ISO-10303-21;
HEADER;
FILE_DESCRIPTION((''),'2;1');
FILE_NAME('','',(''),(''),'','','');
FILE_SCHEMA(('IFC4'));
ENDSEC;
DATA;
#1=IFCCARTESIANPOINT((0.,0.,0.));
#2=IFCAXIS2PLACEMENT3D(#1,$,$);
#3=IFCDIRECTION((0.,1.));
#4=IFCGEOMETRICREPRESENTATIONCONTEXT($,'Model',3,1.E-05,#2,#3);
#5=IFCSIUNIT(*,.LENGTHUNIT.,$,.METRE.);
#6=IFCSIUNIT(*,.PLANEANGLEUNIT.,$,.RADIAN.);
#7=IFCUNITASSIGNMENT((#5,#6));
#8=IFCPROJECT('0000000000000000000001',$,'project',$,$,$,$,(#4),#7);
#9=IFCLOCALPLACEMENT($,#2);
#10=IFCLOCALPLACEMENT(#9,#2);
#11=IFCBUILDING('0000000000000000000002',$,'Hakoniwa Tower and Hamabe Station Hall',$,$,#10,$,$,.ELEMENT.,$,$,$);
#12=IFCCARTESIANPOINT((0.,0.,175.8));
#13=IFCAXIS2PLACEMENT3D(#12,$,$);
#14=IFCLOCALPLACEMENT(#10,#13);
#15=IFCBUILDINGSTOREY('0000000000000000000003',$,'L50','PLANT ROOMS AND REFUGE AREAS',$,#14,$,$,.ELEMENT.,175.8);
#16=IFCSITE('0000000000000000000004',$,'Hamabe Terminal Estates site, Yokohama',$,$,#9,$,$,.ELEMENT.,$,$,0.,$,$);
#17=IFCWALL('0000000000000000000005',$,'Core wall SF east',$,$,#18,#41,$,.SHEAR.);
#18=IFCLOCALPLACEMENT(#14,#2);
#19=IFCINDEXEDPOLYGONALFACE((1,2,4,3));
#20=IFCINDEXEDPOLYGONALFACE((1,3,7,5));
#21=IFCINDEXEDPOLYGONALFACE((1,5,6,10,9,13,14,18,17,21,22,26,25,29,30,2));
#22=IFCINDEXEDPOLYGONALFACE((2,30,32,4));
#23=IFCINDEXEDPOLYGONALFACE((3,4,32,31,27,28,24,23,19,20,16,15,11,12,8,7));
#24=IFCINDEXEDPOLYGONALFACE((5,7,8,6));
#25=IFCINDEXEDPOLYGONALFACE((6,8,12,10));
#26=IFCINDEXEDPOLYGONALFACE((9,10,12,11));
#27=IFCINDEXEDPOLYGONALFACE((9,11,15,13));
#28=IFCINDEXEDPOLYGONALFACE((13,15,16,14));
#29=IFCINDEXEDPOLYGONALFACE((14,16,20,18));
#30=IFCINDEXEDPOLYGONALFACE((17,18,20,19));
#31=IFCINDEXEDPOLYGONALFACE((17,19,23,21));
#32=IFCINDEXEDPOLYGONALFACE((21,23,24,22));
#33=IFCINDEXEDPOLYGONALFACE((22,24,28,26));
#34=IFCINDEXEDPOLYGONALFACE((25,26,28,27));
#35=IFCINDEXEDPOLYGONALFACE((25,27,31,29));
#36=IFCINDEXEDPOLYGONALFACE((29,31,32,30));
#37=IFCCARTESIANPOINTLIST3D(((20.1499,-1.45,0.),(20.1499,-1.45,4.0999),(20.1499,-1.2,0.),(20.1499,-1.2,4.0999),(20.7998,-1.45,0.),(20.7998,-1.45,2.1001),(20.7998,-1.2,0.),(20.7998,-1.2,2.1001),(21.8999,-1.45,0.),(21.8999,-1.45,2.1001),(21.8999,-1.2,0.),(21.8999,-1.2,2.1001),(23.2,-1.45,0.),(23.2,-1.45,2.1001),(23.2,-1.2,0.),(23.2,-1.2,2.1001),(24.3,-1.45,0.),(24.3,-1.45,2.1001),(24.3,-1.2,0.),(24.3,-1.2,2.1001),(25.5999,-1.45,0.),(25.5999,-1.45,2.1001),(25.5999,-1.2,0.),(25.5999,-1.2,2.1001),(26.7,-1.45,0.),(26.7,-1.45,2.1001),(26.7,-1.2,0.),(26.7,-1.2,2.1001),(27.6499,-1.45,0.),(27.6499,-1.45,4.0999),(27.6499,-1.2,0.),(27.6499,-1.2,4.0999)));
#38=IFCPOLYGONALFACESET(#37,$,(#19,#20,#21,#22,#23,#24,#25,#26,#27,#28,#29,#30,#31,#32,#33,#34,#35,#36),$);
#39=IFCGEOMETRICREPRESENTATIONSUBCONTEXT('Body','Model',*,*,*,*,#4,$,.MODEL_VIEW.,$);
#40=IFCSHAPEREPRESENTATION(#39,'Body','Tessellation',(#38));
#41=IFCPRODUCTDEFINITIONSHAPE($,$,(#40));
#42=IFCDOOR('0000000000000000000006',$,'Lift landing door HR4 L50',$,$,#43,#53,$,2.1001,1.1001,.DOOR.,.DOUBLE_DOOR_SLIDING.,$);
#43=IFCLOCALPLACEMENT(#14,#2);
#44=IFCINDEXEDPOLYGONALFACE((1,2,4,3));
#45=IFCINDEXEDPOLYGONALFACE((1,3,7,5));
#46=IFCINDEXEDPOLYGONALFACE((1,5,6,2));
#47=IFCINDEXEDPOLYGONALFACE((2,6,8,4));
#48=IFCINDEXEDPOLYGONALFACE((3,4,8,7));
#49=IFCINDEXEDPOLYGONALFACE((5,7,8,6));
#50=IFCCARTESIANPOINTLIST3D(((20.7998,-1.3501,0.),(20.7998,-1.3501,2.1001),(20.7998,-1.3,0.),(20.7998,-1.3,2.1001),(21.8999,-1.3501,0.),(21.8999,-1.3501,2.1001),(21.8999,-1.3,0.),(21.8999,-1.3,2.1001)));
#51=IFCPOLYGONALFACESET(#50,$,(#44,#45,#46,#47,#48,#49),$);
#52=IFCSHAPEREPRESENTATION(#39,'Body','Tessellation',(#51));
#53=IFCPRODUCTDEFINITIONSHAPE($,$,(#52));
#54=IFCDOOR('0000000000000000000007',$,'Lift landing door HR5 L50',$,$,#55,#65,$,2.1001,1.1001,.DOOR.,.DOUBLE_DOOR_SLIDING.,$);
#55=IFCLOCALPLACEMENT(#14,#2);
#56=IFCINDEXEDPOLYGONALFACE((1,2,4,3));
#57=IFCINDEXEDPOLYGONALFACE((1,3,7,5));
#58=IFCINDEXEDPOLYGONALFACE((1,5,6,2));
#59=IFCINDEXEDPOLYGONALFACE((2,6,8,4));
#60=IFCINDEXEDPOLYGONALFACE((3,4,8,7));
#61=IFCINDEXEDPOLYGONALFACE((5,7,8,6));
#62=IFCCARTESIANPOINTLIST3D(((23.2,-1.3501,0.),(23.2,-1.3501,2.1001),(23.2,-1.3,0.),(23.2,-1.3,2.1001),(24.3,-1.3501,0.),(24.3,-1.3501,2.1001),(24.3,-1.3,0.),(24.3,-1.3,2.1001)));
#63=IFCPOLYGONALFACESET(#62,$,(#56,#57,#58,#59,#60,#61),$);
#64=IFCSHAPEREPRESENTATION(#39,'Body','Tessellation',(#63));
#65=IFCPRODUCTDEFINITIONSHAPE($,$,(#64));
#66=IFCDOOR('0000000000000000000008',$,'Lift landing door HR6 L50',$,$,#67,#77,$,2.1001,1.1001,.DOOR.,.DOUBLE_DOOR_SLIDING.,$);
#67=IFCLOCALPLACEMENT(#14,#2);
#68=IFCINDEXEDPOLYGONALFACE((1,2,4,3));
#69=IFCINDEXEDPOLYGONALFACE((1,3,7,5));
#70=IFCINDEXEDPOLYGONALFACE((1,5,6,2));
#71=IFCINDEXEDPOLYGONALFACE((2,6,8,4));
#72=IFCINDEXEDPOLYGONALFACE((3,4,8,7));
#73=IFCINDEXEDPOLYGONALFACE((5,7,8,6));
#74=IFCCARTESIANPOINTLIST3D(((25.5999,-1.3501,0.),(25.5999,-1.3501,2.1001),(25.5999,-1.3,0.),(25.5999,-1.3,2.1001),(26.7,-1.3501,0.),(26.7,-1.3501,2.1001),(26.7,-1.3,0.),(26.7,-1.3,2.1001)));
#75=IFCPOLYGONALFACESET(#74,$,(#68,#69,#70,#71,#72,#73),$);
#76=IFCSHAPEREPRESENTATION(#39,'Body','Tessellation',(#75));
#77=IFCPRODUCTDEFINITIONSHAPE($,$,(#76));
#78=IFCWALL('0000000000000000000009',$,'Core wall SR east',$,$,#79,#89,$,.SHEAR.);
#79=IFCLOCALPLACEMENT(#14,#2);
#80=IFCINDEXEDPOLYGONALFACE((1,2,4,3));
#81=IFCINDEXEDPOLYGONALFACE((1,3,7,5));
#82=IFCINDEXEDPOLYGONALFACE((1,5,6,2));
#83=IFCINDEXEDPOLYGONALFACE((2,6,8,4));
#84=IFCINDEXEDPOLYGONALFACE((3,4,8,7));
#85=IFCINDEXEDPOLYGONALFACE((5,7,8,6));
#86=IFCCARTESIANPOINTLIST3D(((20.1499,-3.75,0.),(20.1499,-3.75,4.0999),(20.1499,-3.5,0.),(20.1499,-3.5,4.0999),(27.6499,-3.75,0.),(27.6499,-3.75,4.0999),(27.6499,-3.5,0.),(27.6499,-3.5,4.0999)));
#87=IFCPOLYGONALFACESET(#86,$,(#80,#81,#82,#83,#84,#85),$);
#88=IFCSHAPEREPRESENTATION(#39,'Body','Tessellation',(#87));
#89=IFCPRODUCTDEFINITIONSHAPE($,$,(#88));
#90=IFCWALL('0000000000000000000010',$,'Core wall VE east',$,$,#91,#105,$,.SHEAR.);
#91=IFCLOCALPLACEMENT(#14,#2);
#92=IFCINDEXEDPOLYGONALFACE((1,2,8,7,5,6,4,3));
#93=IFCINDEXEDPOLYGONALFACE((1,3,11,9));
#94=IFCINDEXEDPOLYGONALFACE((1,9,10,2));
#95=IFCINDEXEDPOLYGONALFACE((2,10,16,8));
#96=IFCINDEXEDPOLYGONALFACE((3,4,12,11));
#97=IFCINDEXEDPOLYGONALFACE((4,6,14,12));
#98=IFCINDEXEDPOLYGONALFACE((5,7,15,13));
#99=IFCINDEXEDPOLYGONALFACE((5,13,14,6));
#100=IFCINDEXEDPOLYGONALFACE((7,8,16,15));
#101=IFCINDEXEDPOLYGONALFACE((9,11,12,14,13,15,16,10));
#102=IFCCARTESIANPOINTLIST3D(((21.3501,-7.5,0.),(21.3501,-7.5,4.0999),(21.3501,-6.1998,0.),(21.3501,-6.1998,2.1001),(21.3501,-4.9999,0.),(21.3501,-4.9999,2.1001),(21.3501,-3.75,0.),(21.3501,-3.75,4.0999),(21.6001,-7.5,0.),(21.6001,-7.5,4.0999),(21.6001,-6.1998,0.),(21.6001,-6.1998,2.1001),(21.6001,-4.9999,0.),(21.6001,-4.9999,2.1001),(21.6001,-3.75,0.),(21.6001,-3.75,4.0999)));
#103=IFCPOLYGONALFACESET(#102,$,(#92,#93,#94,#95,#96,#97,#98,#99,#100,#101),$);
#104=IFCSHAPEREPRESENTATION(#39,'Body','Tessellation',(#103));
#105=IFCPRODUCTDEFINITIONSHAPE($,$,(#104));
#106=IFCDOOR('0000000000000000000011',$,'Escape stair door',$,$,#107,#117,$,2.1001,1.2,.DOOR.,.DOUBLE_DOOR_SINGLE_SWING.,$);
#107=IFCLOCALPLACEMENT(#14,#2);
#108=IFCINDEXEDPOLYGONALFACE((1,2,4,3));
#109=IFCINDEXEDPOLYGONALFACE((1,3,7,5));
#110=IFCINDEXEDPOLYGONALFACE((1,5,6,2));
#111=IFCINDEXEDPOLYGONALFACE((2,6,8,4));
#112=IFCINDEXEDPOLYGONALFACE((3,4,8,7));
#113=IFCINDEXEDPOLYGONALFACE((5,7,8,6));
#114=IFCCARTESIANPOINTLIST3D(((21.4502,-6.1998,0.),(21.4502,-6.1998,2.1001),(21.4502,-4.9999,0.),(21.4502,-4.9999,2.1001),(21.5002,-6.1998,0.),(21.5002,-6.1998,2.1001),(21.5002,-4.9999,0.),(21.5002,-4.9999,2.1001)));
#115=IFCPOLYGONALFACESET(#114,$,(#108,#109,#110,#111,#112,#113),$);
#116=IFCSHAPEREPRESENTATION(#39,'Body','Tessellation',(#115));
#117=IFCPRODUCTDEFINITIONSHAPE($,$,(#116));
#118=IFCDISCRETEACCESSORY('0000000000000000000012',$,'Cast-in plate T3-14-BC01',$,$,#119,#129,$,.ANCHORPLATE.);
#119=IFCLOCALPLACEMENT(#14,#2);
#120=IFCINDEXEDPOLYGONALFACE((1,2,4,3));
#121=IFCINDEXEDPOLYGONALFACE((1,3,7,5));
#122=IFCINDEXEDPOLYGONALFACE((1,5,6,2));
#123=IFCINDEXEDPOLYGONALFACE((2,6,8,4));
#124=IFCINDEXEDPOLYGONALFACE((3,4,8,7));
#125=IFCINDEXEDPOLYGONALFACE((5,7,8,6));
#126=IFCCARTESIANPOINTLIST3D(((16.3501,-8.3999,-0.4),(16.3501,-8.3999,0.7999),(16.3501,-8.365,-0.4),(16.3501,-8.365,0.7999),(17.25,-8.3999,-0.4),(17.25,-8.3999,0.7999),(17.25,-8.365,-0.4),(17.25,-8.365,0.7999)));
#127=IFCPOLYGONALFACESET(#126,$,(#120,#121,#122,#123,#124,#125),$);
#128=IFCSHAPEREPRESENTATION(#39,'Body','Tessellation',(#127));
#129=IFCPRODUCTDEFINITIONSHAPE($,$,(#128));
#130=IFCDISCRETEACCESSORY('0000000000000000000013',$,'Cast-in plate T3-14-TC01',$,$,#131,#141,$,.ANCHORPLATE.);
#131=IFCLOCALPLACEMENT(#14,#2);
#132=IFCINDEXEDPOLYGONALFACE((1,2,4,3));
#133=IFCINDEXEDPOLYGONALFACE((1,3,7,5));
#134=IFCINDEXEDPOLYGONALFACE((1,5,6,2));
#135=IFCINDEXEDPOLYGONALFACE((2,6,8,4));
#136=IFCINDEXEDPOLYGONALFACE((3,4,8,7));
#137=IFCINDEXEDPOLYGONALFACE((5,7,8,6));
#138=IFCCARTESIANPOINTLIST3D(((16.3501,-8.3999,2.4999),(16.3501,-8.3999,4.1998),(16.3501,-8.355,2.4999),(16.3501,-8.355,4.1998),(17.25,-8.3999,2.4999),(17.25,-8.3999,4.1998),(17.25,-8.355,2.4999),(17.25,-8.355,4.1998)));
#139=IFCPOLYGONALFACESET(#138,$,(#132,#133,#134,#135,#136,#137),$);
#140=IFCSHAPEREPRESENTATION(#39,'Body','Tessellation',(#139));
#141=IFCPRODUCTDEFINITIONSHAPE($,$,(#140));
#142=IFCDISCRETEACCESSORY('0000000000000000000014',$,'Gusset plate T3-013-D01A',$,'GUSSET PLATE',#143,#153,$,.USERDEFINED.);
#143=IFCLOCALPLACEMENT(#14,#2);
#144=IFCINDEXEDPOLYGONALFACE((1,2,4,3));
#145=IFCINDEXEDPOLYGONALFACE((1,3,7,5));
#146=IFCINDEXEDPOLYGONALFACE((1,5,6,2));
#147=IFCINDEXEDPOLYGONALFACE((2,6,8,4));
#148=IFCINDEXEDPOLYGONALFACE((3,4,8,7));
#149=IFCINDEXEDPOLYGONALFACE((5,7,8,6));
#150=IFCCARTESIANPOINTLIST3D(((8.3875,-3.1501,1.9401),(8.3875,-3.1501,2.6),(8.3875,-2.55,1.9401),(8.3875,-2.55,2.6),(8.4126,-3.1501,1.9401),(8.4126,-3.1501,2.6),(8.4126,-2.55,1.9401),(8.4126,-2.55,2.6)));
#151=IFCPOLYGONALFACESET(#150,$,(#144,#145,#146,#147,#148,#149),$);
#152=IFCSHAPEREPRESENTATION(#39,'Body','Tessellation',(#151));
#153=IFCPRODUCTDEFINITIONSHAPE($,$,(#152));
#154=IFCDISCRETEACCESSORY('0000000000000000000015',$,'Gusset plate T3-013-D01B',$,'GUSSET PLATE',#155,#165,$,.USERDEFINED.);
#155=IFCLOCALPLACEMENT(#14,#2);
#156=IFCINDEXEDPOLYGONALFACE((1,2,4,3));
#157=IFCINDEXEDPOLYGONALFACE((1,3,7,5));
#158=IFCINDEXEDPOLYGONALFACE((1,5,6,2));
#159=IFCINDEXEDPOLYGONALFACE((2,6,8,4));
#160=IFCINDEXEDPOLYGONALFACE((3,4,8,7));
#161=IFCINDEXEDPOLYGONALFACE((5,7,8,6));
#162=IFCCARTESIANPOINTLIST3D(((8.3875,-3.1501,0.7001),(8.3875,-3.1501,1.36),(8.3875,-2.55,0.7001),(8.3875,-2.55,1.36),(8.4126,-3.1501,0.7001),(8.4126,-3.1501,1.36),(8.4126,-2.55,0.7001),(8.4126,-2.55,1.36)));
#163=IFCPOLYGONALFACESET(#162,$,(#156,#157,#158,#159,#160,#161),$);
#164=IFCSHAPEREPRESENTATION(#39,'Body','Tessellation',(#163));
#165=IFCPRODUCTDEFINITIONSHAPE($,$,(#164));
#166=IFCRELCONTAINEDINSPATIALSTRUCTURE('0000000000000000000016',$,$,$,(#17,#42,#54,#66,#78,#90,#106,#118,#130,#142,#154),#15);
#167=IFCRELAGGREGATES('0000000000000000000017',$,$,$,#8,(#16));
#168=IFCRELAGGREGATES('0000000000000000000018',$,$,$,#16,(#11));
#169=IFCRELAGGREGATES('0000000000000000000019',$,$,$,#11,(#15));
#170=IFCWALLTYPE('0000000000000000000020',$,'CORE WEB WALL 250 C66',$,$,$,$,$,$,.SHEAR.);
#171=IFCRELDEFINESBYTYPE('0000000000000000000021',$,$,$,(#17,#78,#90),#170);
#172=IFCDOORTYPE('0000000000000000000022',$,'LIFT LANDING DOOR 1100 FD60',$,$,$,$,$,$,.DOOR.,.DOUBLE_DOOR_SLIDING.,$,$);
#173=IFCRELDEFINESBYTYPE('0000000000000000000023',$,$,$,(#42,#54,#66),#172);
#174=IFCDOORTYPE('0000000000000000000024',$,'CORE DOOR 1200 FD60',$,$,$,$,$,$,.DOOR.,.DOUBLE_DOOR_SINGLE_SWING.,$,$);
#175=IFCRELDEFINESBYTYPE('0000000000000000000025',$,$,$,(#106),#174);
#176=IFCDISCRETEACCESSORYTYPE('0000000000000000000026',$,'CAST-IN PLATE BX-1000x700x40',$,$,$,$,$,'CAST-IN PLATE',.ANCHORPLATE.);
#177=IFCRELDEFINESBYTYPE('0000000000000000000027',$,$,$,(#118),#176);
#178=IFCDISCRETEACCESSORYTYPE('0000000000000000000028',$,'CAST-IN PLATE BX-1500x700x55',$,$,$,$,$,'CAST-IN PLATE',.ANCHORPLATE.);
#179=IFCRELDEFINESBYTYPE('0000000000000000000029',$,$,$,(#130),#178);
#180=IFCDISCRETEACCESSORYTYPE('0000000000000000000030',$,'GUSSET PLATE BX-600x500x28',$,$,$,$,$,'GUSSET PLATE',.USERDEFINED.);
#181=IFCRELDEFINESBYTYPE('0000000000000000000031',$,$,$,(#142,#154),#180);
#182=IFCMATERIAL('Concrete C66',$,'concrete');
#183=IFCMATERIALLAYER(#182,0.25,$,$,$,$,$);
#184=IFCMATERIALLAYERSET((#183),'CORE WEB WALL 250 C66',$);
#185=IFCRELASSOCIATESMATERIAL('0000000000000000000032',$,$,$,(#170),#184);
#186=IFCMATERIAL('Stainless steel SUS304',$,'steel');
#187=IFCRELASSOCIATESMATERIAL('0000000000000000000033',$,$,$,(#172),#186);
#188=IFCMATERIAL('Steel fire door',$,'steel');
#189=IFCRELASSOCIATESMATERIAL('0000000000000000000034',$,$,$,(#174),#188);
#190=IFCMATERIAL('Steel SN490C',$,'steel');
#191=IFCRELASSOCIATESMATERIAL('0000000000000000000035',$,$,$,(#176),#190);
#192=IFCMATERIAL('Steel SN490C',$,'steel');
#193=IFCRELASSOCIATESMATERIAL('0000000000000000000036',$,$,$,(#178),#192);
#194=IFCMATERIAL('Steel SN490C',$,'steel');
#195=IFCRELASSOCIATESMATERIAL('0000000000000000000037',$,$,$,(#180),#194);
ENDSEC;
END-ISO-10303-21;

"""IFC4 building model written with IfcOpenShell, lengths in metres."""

from ifc_helpers import new_model, si_unit, direction, frame, frame_2d, origin, origin_2d, place, context, subcontext, project, spatial, rectangle, extrude, material, layer, layer_set, material_profile, profile_set, type_object, element, fill, save


model = new_model("IFC4")

# Units and contexts
model_context = context("Model", 3, precision=1e-05, world=origin(), true_north=direction((0.0, 1.0)))
body_context = subcontext(model_context, "Body", "Model", "MODEL_VIEW")
ifc_project = project(units=[si_unit("LENGTHUNIT", "METRE"), si_unit("PLANEANGLEUNIT", "RADIAN")], contexts=[model_context])

# Site, building, storey
site_placement = place(None, origin())
site = spatial("IfcSite", under=ifc_project, at=site_placement, Name="Hamabe Terminal Estates site, Yokohama", CompositionType="ELEMENT", RefElevation=0.0)
building_placement = place(site_placement, origin())
building = spatial("IfcBuilding", under=site, at=building_placement, Name="Hakoniwa Tower and Hamabe Station Hall", CompositionType="ELEMENT")
storey_placement = place(building_placement, frame((0.0, 0.0, 175.8)))
storey = spatial("IfcBuildingStorey", under=building, at=storey_placement, Name="L50", Description="PLANT ROOMS AND REFUGE AREAS", CompositionType="ELEMENT", Elevation=175.8)

# Shared definitions
ifc_material_1 = material(Name="Concrete C66", Category="concrete")
ifc_layer_1 = layer(ifc_material_1, 0.25)
ifc_layer_set_1 = layer_set([ifc_layer_1], Name="CORE WEB WALL 250 C66")
wall_type_1 = type_object("IfcWallType", Name="CORE WEB WALL 250 C66", PredefinedType="SHEAR", material=ifc_layer_set_1)

# Wall, openings, doors
wall_1_placement = place(storey_placement, frame((20.1499, -1.325, 0.0), z_axis=(0.0, 0.0, 1.0), x_axis=(1.0, 0.0, 0.0)))
wall_1 = element("IfcWall", 1, at=wall_1_placement, inside=storey, type_object=wall_type_1, Name="Core wall SF east", PredefinedType="SHEAR", context=body_context, shape_type="SweptSolid", body=[
    extrude(rectangle(XDim=7.5, YDim=0.25, at=frame_2d((3.75, 0.0))), origin(), (0.0, 0.0, 1.0), 4.0999),
])
opening_1_placement = place(wall_1_placement, frame((0.6499, 0.0, 0.0)))
opening_1 = element("IfcOpeningElement", 2, at=opening_1_placement, cuts=wall_1, PredefinedType="OPENING", context=body_context, shape_type="SweptSolid", body=[
    extrude(rectangle(XDim=1.1001, YDim=2.1001, at=frame_2d((0.55, 1.05))), frame((0.0, 0.135, 0.0), z_axis=(0.0, -1.0, 0.0), x_axis=(1.0, 0.0, 0.0)), (0.0, 0.0, 1.0), 0.27),
])
opening_2_placement = place(wall_1_placement, frame((3.05, 0.0, 0.0)))
opening_2 = element("IfcOpeningElement", 3, at=opening_2_placement, cuts=wall_1, PredefinedType="OPENING", context=body_context, shape_type="SweptSolid", body=[
    extrude(rectangle(XDim=1.1001, YDim=2.1001, at=frame_2d((0.55, 1.05))), frame((0.0, 0.135, 0.0), z_axis=(0.0, -1.0, 0.0), x_axis=(1.0, 0.0, 0.0)), (0.0, 0.0, 1.0), 0.27),
])
opening_3_placement = place(wall_1_placement, frame((5.45, 0.0, 0.0)))
opening_3 = element("IfcOpeningElement", 4, at=opening_3_placement, cuts=wall_1, PredefinedType="OPENING", context=body_context, shape_type="SweptSolid", body=[
    extrude(rectangle(XDim=1.1001, YDim=2.1001, at=frame_2d((0.55, 1.05))), frame((0.0, 0.135, 0.0), z_axis=(0.0, -1.0, 0.0), x_axis=(1.0, 0.0, 0.0)), (0.0, 0.0, 1.0), 0.27),
])
ifc_material_2 = material(Name="Stainless steel SUS304", Category="steel")
door_type_1 = type_object("IfcDoorType", Name="LIFT LANDING DOOR 1100 FD60", OperationType="DOUBLE_DOOR_SLIDING", PredefinedType="DOOR", material=ifc_material_2)
door_1_placement = place(opening_1_placement, origin())
door_1 = element("IfcDoor", 5, at=door_1_placement, inside=storey, type_object=door_type_1, Name="Lift landing door HR4 L50", OperationType="DOUBLE_DOOR_SLIDING", OverallHeight=2.1001, OverallWidth=1.1001, PredefinedType="DOOR", context=body_context, shape_type="SweptSolid", body=[
    extrude(rectangle(XDim=1.1001, YDim=2.1001, at=frame_2d((0.55, 1.05))), frame((0.0, 0.0249, 0.0), z_axis=(0.0, -1.0, 0.0), x_axis=(1.0, 0.0, 0.0)), (0.0, 0.0, 1.0), 0.05),
])
fill(opening_1, door_1)
door_2_placement = place(opening_2_placement, origin())
door_2 = element("IfcDoor", 6, at=door_2_placement, inside=storey, type_object=door_type_1, Name="Lift landing door HR5 L50", OperationType="DOUBLE_DOOR_SLIDING", OverallHeight=2.1001, OverallWidth=1.1001, PredefinedType="DOOR", context=body_context, shape_type="SweptSolid", body=[
    extrude(rectangle(XDim=1.1001, YDim=2.1001, at=frame_2d((0.55, 1.05))), frame((0.0, 0.0249, 0.0), z_axis=(0.0, -1.0, 0.0), x_axis=(1.0, 0.0, 0.0)), (0.0, 0.0, 1.0), 0.05),
])
fill(opening_2, door_2)
door_3_placement = place(opening_3_placement, origin())
door_3 = element("IfcDoor", 7, at=door_3_placement, inside=storey, type_object=door_type_1, Name="Lift landing door HR6 L50", OperationType="DOUBLE_DOOR_SLIDING", OverallHeight=2.1001, OverallWidth=1.1001, PredefinedType="DOOR", context=body_context, shape_type="SweptSolid", body=[
    extrude(rectangle(XDim=1.1001, YDim=2.1001, at=frame_2d((0.55, 1.05))), frame((0.0, 0.0249, 0.0), z_axis=(0.0, -1.0, 0.0), x_axis=(1.0, 0.0, 0.0)), (0.0, 0.0, 1.0), 0.05),
])
fill(opening_3, door_3)

# Wall
wall_2_placement = place(storey_placement, frame((20.1499, -3.625, 0.0), z_axis=(0.0, 0.0, 1.0), x_axis=(1.0, 0.0, 0.0)))
element("IfcWall", 8, at=wall_2_placement, inside=storey, type_object=wall_type_1, Name="Core wall SR east", PredefinedType="SHEAR", context=body_context, shape_type="SweptSolid", body=[
    extrude(rectangle(XDim=7.5, YDim=0.25, at=frame_2d((3.75, 0.0))), origin(), (0.0, 0.0, 1.0), 4.0999),
])

# Wall, opening, door
wall_3_placement = place(storey_placement, frame((21.4751, -7.5, 0.0), z_axis=(0.0, 0.0, 1.0), x_axis=(0.0, 1.0, 0.0)))
wall_3 = element("IfcWall", 9, at=wall_3_placement, inside=storey, type_object=wall_type_1, Name="Core wall VE east", PredefinedType="SHEAR", context=body_context, shape_type="SweptSolid", body=[
    extrude(rectangle(XDim=3.75, YDim=0.25, at=frame_2d((1.875, 0.0))), origin(), (0.0, 0.0, 1.0), 4.0999),
])
opening_4_placement = place(wall_3_placement, frame((1.3, 0.0, 0.0)))
opening_4 = element("IfcOpeningElement", 10, at=opening_4_placement, cuts=wall_3, PredefinedType="OPENING", context=body_context, shape_type="SweptSolid", body=[
    extrude(rectangle(XDim=1.2, YDim=2.1001, at=frame_2d((0.6001, 1.05))), frame((0.0, 0.135, 0.0), z_axis=(0.0, -1.0, 0.0), x_axis=(1.0, 0.0, 0.0)), (0.0, 0.0, 1.0), 0.27),
])
ifc_material_3 = material(Name="Steel fire door", Category="steel")
door_type_2 = type_object("IfcDoorType", Name="CORE DOOR 1200 FD60", OperationType="DOUBLE_DOOR_SINGLE_SWING", PredefinedType="DOOR", material=ifc_material_3)
door_4_placement = place(opening_4_placement, origin())
door_4 = element("IfcDoor", 11, at=door_4_placement, inside=storey, type_object=door_type_2, Name="Escape stair door", OperationType="DOUBLE_DOOR_SINGLE_SWING", OverallHeight=2.1001, OverallWidth=1.2, PredefinedType="DOOR", context=body_context, shape_type="SweptSolid", body=[
    extrude(rectangle(XDim=1.2, YDim=2.1001, at=frame_2d((0.6001, 1.05))), frame((0.0, 0.0249, 0.0), z_axis=(0.0, -1.0, 0.0), x_axis=(1.0, 0.0, 0.0)), (0.0, 0.0, 1.0), 0.05),
])
fill(opening_4, door_4)

# Discrete accessories
ifc_material_4 = material(Name="Steel SN490C", Category="steel")
ifc_material_profile_1 = material_profile(ifc_material_4, rectangle(XDim=0.8999, YDim=1.2, at=origin_2d()), Name="CAST-IN PLATE BX-1000x700x40")
ifc_profile_set_1 = profile_set([ifc_material_profile_1], Name="Steel SN490C")
discrete_accessory_type_1 = type_object("IfcDiscreteAccessoryType", Name="CAST-IN PLATE BX-1000x700x40", ElementType="CAST-IN PLATE", PredefinedType="ANCHORPLATE", material=ifc_profile_set_1)
discrete_accessory_1_placement = place(storey_placement, frame((16.8, -8.365, 0.2), z_axis=(0.0, -1.0, 0.0), x_axis=(1.0, 0.0, 0.0)))
element("IfcDiscreteAccessory", 12, at=discrete_accessory_1_placement, inside=storey, type_object=discrete_accessory_type_1, Name="Cast-in plate T3-14-BC01", PredefinedType="ANCHORPLATE", context=body_context, shape_type="SweptSolid", body=[
    extrude(rectangle(XDim=0.8999, YDim=1.2, at=origin_2d()), origin(), (0.0, 0.0, 1.0), 0.0349),
])
ifc_material_5 = material(Name="Steel SN490C", Category="steel")
ifc_material_profile_2 = material_profile(ifc_material_5, rectangle(XDim=0.8999, YDim=1.7, at=origin_2d()), Name="CAST-IN PLATE BX-1500x700x55")
ifc_profile_set_2 = profile_set([ifc_material_profile_2], Name="Steel SN490C")
discrete_accessory_type_2 = type_object("IfcDiscreteAccessoryType", Name="CAST-IN PLATE BX-1500x700x55", ElementType="CAST-IN PLATE", PredefinedType="ANCHORPLATE", material=ifc_profile_set_2)
discrete_accessory_2_placement = place(storey_placement, frame((16.8, -8.355, 3.3499), z_axis=(0.0, -1.0, 0.0), x_axis=(1.0, 0.0, 0.0)))
element("IfcDiscreteAccessory", 13, at=discrete_accessory_2_placement, inside=storey, type_object=discrete_accessory_type_2, Name="Cast-in plate T3-14-TC01", PredefinedType="ANCHORPLATE", context=body_context, shape_type="SweptSolid", body=[
    extrude(rectangle(XDim=0.8999, YDim=1.7, at=origin_2d()), origin(), (0.0, 0.0, 1.0), 0.0449),
])
ifc_material_6 = material(Name="Steel SN490C", Category="steel")
ifc_material_profile_3 = material_profile(ifc_material_6, rectangle(XDim=0.6001, YDim=0.6599, at=origin_2d()), Name="GUSSET PLATE BX-600x500x28")
ifc_profile_set_3 = profile_set([ifc_material_profile_3], Name="Steel SN490C")
discrete_accessory_type_3 = type_object("IfcDiscreteAccessoryType", Name="GUSSET PLATE BX-600x500x28", ElementType="GUSSET PLATE", PredefinedType="USERDEFINED", material=ifc_profile_set_3)
for number, where, z_axis, x_axis, name in (
    (14, (8.4126, -2.8501, 2.27), (-1.0, 0.0, 0.0), (0.0, -1.0, 0.0), "Gusset plate T3-013-D01A"),
    (15, (8.4126, -2.8501, 1.03), (-1.0, 0.0, 0.0), (0.0, -1.0, 0.0), "Gusset plate T3-013-D01B"),
):
    element("IfcDiscreteAccessory", number, at=place(storey_placement, frame(where, z_axis=z_axis, x_axis=x_axis)), inside=storey, type_object=discrete_accessory_type_3, Name=name, ObjectType="GUSSET PLATE", PredefinedType="USERDEFINED", context=body_context, shape_type="SweptSolid", body=[
        extrude(rectangle(XDim=0.6001, YDim=0.6599, at=origin_2d()), origin(), (0.0, 0.0, 1.0), 0.0251),
    ])

save(model, "model.ifc")
